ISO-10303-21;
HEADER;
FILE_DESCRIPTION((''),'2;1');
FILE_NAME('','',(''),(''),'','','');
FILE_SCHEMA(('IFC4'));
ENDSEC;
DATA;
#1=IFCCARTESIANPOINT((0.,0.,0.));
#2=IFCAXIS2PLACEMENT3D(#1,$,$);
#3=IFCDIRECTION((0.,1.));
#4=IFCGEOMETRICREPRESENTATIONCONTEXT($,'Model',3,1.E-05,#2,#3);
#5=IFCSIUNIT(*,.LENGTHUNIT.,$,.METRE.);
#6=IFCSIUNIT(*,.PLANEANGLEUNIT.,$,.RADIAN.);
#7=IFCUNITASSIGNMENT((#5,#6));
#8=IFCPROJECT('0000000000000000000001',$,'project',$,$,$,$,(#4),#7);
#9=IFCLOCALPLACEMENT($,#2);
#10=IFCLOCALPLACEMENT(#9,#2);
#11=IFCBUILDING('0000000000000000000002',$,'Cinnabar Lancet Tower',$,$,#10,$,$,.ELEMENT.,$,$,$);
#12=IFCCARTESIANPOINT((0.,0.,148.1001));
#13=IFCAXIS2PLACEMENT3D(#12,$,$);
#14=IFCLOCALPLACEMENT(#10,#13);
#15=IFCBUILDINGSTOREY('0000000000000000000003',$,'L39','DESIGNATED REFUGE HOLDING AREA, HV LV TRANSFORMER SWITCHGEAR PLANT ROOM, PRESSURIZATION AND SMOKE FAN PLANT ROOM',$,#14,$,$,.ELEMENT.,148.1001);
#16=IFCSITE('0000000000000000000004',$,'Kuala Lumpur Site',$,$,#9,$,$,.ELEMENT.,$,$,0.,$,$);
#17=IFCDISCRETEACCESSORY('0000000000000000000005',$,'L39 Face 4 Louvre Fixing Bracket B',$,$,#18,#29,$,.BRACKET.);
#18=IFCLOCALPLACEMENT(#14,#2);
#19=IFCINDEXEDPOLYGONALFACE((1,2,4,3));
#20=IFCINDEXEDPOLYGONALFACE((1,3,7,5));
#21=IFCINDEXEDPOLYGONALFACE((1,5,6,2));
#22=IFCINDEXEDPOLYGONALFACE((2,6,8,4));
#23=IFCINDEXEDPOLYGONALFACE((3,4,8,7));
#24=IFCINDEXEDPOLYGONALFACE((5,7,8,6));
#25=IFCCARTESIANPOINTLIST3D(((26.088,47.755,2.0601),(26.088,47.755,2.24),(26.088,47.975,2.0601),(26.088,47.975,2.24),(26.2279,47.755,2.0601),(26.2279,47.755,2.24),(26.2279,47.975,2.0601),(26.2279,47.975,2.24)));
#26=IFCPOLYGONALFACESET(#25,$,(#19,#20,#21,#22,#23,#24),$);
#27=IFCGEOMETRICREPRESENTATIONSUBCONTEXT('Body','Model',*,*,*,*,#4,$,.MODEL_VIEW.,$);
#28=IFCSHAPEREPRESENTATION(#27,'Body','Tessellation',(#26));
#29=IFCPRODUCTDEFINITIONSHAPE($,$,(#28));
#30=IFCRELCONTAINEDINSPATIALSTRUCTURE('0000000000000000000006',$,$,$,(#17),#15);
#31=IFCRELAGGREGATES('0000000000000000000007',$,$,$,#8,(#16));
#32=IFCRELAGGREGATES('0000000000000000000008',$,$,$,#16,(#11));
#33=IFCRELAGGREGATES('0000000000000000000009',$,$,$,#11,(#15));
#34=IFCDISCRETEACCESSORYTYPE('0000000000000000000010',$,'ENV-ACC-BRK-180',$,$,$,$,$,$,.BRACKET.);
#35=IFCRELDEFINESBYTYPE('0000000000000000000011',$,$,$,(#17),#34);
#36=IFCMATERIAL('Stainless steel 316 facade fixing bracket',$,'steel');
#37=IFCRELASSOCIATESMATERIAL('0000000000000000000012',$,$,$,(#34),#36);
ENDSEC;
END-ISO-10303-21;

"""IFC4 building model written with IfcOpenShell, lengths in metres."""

from ifc_helpers import new_model, si_unit, direction, frame, origin, origin_2d, place, context, subcontext, project, spatial, rectangle, extrude, material, type_object, element, save


model = new_model("IFC4")

# Units and contexts
model_context = context("Model", 3, precision=1e-05, world=origin(), true_north=direction((0.0, 1.0)))
body_context = subcontext(model_context, "Body", "Model", "MODEL_VIEW")
ifc_project = project(units=[si_unit("LENGTHUNIT", "METRE"), si_unit("PLANEANGLEUNIT", "RADIAN")], contexts=[model_context])

# Site, building, storey
site_placement = place(None, origin())
site = spatial("IfcSite", under=ifc_project, at=site_placement, Name="Kuala Lumpur Site", CompositionType="ELEMENT", RefElevation=0.0)
building_placement = place(site_placement, origin())
building = spatial("IfcBuilding", under=site, at=building_placement, Name="Cinnabar Lancet Tower", CompositionType="ELEMENT")
storey_placement = place(building_placement, frame((0.0, 0.0, 148.1001)))
storey = spatial("IfcBuildingStorey", under=building, at=storey_placement, Name="L39", Description="DESIGNATED REFUGE HOLDING AREA, HV LV TRANSFORMER SWITCHGEAR PLANT ROOM, PRESSURIZATION AND SMOKE FAN PLANT ROOM", CompositionType="ELEMENT", Elevation=148.1001)

# Discrete accessory
ifc_material_1 = material(Name="Stainless steel 316 facade fixing bracket", Category="steel")
discrete_accessory_type = type_object("IfcDiscreteAccessoryType", Name="ENV-ACC-BRK-180", PredefinedType="BRACKET", material=ifc_material_1)
discrete_accessory_placement = place(storey_placement, frame((26.158, 47.865, 2.0601), z_axis=(0.0, 0.0, 1.0), x_axis=(-1.0, 0.0, 0.0)))
element("IfcDiscreteAccessory", 1, at=discrete_accessory_placement, inside=storey, type_object=discrete_accessory_type, Name="L39 Face 4 Louvre Fixing Bracket B", PredefinedType="BRACKET", context=body_context, shape_type="SweptSolid", body=[
    extrude(rectangle(XDim=0.1399, YDim=0.22, at=origin_2d()), origin(), (0.0, 0.0, 1.0), 0.1799),
])

save(model, "model.ifc")
